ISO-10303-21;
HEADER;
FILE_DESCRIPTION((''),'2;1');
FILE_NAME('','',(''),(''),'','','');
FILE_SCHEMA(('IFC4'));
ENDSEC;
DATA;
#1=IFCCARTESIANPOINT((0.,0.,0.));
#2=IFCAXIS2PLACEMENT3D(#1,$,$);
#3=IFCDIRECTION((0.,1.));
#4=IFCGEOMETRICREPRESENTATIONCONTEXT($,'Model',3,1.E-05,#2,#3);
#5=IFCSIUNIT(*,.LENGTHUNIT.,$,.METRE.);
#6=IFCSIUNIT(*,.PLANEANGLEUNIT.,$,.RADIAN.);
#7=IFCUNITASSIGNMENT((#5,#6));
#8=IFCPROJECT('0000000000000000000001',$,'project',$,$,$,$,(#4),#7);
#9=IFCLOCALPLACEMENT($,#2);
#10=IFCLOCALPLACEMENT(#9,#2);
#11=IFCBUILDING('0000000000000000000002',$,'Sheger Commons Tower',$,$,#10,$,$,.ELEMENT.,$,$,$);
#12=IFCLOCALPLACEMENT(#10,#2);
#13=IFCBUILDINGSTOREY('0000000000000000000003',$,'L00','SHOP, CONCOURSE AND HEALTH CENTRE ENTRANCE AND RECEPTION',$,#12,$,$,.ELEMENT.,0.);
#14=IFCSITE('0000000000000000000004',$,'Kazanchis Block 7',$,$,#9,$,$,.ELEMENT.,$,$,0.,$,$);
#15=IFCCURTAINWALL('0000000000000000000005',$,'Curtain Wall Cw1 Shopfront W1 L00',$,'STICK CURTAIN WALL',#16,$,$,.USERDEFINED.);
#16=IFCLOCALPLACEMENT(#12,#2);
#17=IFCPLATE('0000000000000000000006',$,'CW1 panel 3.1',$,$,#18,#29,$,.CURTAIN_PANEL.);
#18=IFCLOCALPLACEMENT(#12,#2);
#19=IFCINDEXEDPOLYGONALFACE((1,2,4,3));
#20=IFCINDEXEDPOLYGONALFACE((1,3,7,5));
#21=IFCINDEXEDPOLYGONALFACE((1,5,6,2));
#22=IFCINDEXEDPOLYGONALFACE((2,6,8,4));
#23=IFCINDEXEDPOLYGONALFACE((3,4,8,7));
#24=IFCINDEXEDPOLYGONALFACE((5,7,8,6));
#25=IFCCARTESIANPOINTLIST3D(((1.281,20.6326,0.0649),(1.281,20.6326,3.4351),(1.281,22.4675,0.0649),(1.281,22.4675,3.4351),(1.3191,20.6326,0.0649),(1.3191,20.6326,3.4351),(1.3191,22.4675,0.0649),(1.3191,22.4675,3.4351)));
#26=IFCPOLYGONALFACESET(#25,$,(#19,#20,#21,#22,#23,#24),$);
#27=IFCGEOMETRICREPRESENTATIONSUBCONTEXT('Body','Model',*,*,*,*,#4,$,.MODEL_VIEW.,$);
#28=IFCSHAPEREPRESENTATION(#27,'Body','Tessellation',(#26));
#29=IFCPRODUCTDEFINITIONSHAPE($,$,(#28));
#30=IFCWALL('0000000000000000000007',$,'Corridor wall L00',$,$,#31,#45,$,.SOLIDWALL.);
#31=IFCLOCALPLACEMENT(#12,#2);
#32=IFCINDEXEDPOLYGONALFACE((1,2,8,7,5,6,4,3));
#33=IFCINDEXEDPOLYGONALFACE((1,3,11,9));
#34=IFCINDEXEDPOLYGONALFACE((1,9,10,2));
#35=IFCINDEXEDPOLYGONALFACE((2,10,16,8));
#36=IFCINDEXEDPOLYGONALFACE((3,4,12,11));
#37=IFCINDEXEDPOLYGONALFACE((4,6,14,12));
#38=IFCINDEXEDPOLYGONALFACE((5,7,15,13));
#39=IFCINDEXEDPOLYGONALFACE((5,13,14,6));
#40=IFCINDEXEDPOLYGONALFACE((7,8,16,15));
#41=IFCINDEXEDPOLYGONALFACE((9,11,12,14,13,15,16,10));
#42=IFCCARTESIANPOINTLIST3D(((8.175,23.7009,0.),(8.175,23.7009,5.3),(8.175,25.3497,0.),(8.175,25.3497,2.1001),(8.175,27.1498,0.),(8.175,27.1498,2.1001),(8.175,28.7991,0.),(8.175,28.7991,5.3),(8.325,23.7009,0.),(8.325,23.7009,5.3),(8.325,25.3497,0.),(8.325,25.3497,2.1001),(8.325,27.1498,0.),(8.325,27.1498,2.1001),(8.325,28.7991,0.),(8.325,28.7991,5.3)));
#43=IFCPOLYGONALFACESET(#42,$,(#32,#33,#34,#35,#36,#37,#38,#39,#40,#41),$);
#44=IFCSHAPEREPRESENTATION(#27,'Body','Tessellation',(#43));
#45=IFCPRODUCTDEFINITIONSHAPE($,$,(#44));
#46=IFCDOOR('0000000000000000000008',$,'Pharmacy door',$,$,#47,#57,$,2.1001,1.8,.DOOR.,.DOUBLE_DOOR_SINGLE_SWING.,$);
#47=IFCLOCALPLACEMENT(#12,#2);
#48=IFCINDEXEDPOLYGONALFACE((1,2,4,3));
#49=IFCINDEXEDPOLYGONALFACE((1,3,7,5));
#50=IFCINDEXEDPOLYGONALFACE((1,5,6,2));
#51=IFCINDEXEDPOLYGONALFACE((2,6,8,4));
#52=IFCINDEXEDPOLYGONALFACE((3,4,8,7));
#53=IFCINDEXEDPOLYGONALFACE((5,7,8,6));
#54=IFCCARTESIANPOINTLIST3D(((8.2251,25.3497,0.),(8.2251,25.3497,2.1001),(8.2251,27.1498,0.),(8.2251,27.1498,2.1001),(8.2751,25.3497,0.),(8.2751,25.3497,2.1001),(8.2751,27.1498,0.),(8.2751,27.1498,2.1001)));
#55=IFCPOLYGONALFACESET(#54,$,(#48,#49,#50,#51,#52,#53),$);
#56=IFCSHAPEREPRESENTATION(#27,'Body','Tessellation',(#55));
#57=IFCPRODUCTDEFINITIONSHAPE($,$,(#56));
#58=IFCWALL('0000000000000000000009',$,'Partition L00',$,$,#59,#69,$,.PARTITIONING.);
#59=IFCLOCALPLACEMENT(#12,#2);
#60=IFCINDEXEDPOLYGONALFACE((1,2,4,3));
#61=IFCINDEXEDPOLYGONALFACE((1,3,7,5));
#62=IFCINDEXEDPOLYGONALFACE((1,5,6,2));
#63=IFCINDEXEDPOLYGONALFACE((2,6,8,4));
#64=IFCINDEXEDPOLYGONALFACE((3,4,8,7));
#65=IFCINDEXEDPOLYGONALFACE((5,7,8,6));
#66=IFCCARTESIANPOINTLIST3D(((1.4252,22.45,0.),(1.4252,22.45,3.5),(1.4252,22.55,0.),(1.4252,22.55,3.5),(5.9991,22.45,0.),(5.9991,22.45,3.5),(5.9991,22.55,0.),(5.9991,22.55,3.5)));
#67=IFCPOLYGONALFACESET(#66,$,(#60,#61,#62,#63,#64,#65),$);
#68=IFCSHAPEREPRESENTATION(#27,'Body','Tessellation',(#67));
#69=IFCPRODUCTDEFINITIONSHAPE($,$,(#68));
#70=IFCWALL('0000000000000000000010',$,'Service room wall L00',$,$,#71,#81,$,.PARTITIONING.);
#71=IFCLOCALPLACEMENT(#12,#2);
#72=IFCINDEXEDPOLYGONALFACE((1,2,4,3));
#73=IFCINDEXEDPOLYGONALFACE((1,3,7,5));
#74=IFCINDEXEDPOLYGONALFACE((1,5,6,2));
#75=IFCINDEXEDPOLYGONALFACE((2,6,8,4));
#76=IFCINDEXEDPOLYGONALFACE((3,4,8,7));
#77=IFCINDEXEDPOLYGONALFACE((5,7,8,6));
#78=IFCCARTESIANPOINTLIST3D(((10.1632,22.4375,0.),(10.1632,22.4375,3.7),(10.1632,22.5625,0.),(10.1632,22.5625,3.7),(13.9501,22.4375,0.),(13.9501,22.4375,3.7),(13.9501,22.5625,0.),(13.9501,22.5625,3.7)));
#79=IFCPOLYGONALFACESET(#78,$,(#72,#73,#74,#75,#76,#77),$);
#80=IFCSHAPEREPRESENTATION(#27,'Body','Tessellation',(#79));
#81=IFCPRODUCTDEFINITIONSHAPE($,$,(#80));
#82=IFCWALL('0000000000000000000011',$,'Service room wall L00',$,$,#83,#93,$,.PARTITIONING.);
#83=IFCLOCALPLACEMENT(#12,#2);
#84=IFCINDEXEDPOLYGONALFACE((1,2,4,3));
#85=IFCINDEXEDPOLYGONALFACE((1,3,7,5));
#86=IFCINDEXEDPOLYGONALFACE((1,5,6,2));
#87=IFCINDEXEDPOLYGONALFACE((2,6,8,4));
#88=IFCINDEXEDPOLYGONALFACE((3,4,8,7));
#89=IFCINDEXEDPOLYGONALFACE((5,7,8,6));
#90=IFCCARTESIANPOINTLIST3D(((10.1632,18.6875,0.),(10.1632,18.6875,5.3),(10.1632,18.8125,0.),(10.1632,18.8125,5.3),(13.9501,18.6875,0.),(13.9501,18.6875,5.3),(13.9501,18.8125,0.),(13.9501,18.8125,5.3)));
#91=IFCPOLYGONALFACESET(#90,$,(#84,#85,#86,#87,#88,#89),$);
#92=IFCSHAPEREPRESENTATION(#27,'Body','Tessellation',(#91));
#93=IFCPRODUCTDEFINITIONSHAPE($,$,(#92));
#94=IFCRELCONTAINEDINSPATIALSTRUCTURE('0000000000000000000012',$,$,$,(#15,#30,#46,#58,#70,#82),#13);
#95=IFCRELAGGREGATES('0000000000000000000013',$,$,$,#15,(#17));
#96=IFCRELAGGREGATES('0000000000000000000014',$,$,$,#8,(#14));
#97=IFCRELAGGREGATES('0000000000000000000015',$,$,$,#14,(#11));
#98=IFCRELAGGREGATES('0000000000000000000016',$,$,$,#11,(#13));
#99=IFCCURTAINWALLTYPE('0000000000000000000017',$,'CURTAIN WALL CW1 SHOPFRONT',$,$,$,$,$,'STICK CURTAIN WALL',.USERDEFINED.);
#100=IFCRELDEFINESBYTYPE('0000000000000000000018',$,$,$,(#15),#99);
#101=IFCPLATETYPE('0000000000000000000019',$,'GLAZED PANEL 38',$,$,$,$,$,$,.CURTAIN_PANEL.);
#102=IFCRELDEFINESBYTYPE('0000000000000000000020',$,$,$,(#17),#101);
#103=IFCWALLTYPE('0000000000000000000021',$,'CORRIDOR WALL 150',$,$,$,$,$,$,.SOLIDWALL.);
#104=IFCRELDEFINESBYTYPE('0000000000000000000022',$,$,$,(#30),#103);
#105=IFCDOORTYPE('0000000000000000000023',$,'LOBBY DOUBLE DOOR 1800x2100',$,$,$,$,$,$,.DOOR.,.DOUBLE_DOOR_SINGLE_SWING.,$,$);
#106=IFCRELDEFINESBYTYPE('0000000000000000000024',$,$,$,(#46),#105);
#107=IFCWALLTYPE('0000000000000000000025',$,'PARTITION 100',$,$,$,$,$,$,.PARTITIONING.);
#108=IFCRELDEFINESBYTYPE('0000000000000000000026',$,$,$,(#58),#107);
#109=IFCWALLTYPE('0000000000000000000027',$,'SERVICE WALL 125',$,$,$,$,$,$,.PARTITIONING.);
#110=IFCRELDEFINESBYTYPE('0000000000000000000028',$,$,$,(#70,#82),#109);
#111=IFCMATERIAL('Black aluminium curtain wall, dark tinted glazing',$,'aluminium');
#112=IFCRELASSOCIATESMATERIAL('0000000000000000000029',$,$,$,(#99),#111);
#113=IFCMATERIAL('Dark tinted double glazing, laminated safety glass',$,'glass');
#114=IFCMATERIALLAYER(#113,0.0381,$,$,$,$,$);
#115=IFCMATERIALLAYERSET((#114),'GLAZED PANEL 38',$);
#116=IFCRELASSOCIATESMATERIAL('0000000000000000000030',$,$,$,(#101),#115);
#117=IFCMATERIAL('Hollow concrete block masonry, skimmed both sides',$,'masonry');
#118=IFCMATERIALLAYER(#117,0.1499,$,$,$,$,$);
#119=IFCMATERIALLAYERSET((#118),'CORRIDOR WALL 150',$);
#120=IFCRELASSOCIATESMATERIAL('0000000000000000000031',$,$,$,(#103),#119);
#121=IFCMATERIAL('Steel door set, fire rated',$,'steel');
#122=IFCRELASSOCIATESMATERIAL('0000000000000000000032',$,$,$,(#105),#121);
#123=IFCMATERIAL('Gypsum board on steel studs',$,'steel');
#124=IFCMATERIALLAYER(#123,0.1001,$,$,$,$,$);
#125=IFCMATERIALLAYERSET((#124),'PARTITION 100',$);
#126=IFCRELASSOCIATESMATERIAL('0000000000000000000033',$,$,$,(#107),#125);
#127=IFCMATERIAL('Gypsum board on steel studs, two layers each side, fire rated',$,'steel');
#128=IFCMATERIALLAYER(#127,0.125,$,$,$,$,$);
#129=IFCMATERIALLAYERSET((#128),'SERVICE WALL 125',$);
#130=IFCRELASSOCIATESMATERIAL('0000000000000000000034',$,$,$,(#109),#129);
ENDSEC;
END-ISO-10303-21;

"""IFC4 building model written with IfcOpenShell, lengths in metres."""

from ifc_helpers import new_model, si_unit, direction, frame, frame_2d, origin, origin_2d, place, context, subcontext, project, spatial, rectangle, extrude, material, layer, layer_set, type_object, element, fill, aggregate, save


model = new_model("IFC4")

# Units and contexts
model_context = context("Model", 3, precision=1e-05, world=origin(), true_north=direction((0.0, 1.0)))
body_context = subcontext(model_context, "Body", "Model", "MODEL_VIEW")
ifc_project = project(units=[si_unit("LENGTHUNIT", "METRE"), si_unit("PLANEANGLEUNIT", "RADIAN")], contexts=[model_context])

# Site, building, storey
site_placement = place(None, origin())
site = spatial("IfcSite", under=ifc_project, at=site_placement, Name="Kazanchis Block 7", CompositionType="ELEMENT", RefElevation=0.0)
building_placement = place(site_placement, origin())
building = spatial("IfcBuilding", under=site, at=building_placement, Name="Sheger Commons Tower", CompositionType="ELEMENT")
storey_placement = place(building_placement, origin())
storey = spatial("IfcBuildingStorey", under=building, at=storey_placement, Name="L00", Description="SHOP, CONCOURSE AND HEALTH CENTRE ENTRANCE AND RECEPTION", CompositionType="ELEMENT", Elevation=0.0)

# Curtain wall, plate
ifc_material_1 = material(Name="Black aluminium curtain wall, dark tinted glazing", Category="aluminium")
curtain_wall_type = type_object("IfcCurtainWallType", Name="CURTAIN WALL CW1 SHOPFRONT", ElementType="STICK CURTAIN WALL", PredefinedType="USERDEFINED", material=ifc_material_1)
curtain_wall_placement = place(storey_placement, origin())
curtain_wall = element("IfcCurtainWall", 1, at=curtain_wall_placement, inside=storey, type_object=curtain_wall_type, Name="Curtain Wall Cw1 Shopfront W1 L00", ObjectType="STICK CURTAIN WALL", PredefinedType="USERDEFINED")
ifc_material_2 = material(Name="Dark tinted double glazing, laminated safety glass", Category="glass")
ifc_layer_1 = layer(ifc_material_2, 0.0381)
ifc_layer_set_1 = layer_set([ifc_layer_1], Name="GLAZED PANEL 38")
plate_type = type_object("IfcPlateType", Name="GLAZED PANEL 38", PredefinedType="CURTAIN_PANEL", material=ifc_layer_set_1)
plate_1_placement = place(storey_placement, frame((1.3, 21.55, 0.0649), z_axis=(0.0, 0.0, 1.0), x_axis=(0.0, -1.0, 0.0)))
plate_1 = element("IfcPlate", 2, at=plate_1_placement, type_object=plate_type, Name="CW1 panel 3.1", PredefinedType="CURTAIN_PANEL", context=body_context, shape_type="SweptSolid", body=[
    extrude(rectangle(XDim=1.835, YDim=0.0381, at=origin_2d()), origin(), (0.0, 0.0, 1.0), 3.3701),
])
aggregate(curtain_wall, [plate_1])

# Wall, opening, door
ifc_material_3 = material(Name="Hollow concrete block masonry, skimmed both sides", Category="masonry")
ifc_layer_2 = layer(ifc_material_3, 0.1499)
ifc_layer_set_2 = layer_set([ifc_layer_2], Name="CORRIDOR WALL 150")
wall_type_1 = type_object("IfcWallType", Name="CORRIDOR WALL 150", PredefinedType="SOLIDWALL", material=ifc_layer_set_2)
wall_1_placement = place(storey_placement, frame((8.25, 23.7009, 0.0), z_axis=(0.0, 0.0, 1.0), x_axis=(0.0, 1.0, 0.0)))
wall_1 = element("IfcWall", 3, at=wall_1_placement, inside=storey, type_object=wall_type_1, Name="Corridor wall L00", PredefinedType="SOLIDWALL", context=body_context, shape_type="SweptSolid", body=[
    extrude(rectangle(XDim=5.0981, YDim=0.1499, at=frame_2d((2.5491, 0.0))), origin(), (0.0, 0.0, 1.0), 5.3),
])
opening_placement = place(wall_1_placement, frame((1.6489, 0.0, 0.0)))
opening = element("IfcOpeningElement", 4, at=opening_placement, cuts=wall_1, PredefinedType="OPENING", context=body_context, shape_type="SweptSolid", body=[
    extrude(rectangle(XDim=1.8, YDim=2.1001, at=frame_2d((0.8999, 1.05))), frame((0.0, 0.085, 0.0), z_axis=(0.0, -1.0, 0.0), x_axis=(1.0, 0.0, 0.0)), (0.0, 0.0, 1.0), 0.1699),
])
ifc_material_4 = material(Name="Steel door set, fire rated", Category="steel")
door_type = type_object("IfcDoorType", Name="LOBBY DOUBLE DOOR 1800x2100", OperationType="DOUBLE_DOOR_SINGLE_SWING", PredefinedType="DOOR", material=ifc_material_4)
door_placement = place(opening_placement, origin())
door = element("IfcDoor", 5, at=door_placement, inside=storey, type_object=door_type, Name="Pharmacy door", OperationType="DOUBLE_DOOR_SINGLE_SWING", OverallHeight=2.1001, OverallWidth=1.8, PredefinedType="DOOR", context=body_context, shape_type="SweptSolid", body=[
    extrude(rectangle(XDim=1.8, YDim=2.1001, at=frame_2d((0.8999, 1.05))), frame((0.0, 0.0249, 0.0), z_axis=(0.0, -1.0, 0.0), x_axis=(1.0, 0.0, 0.0)), (0.0, 0.0, 1.0), 0.05),
])
fill(opening, door)

# Walls
ifc_material_5 = material(Name="Gypsum board on steel studs", Category="steel")
ifc_layer_3 = layer(ifc_material_5, 0.1001)
ifc_layer_set_3 = layer_set([ifc_layer_3], Name="PARTITION 100")
wall_type_2 = type_object("IfcWallType", Name="PARTITION 100", PredefinedType="PARTITIONING", material=ifc_layer_set_3)
wall_2_placement = place(storey_placement, frame((1.425, 22.5, 0.0), z_axis=(0.0, 0.0, 1.0), x_axis=(1.0, 0.0, 0.0)))
element("IfcWall", 6, at=wall_2_placement, inside=storey, type_object=wall_type_2, Name="Partition L00", PredefinedType="PARTITIONING", context=body_context, shape_type="SweptSolid", body=[
    extrude(rectangle(XDim=4.574, YDim=0.1001, at=frame_2d((2.2871, 0.0))), origin(), (0.0, 0.0, 1.0), 3.5),
])
ifc_material_6 = material(Name="Gypsum board on steel studs, two layers each side, fire rated", Category="steel")
ifc_layer_4 = layer(ifc_material_6, 0.125)
ifc_layer_set_4 = layer_set([ifc_layer_4], Name="SERVICE WALL 125")
wall_type_3 = type_object("IfcWallType", Name="SERVICE WALL 125", PredefinedType="PARTITIONING", material=ifc_layer_set_4)
wall_3_placement = place(storey_placement, frame((10.1631, 22.5, 0.0), z_axis=(0.0, 0.0, 1.0), x_axis=(1.0, 0.0, 0.0)))
element("IfcWall", 7, at=wall_3_placement, inside=storey, type_object=wall_type_3, Name="Service room wall L00", PredefinedType="PARTITIONING", context=body_context, shape_type="SweptSolid", body=[
    extrude(rectangle(XDim=3.7869, YDim=0.125, at=frame_2d((1.8936, 0.0))), origin(), (0.0, 0.0, 1.0), 3.7),
])
wall_4_placement = place(storey_placement, frame((10.1631, 18.75, 0.0), z_axis=(0.0, 0.0, 1.0), x_axis=(1.0, 0.0, 0.0)))
element("IfcWall", 8, at=wall_4_placement, inside=storey, type_object=wall_type_3, Name="Service room wall L00", PredefinedType="PARTITIONING", context=body_context, shape_type="SweptSolid", body=[
    extrude(rectangle(XDim=3.7869, YDim=0.125, at=frame_2d((1.8936, 0.0))), origin(), (0.0, 0.0, 1.0), 5.3),
])

save(model, "model.ifc")
